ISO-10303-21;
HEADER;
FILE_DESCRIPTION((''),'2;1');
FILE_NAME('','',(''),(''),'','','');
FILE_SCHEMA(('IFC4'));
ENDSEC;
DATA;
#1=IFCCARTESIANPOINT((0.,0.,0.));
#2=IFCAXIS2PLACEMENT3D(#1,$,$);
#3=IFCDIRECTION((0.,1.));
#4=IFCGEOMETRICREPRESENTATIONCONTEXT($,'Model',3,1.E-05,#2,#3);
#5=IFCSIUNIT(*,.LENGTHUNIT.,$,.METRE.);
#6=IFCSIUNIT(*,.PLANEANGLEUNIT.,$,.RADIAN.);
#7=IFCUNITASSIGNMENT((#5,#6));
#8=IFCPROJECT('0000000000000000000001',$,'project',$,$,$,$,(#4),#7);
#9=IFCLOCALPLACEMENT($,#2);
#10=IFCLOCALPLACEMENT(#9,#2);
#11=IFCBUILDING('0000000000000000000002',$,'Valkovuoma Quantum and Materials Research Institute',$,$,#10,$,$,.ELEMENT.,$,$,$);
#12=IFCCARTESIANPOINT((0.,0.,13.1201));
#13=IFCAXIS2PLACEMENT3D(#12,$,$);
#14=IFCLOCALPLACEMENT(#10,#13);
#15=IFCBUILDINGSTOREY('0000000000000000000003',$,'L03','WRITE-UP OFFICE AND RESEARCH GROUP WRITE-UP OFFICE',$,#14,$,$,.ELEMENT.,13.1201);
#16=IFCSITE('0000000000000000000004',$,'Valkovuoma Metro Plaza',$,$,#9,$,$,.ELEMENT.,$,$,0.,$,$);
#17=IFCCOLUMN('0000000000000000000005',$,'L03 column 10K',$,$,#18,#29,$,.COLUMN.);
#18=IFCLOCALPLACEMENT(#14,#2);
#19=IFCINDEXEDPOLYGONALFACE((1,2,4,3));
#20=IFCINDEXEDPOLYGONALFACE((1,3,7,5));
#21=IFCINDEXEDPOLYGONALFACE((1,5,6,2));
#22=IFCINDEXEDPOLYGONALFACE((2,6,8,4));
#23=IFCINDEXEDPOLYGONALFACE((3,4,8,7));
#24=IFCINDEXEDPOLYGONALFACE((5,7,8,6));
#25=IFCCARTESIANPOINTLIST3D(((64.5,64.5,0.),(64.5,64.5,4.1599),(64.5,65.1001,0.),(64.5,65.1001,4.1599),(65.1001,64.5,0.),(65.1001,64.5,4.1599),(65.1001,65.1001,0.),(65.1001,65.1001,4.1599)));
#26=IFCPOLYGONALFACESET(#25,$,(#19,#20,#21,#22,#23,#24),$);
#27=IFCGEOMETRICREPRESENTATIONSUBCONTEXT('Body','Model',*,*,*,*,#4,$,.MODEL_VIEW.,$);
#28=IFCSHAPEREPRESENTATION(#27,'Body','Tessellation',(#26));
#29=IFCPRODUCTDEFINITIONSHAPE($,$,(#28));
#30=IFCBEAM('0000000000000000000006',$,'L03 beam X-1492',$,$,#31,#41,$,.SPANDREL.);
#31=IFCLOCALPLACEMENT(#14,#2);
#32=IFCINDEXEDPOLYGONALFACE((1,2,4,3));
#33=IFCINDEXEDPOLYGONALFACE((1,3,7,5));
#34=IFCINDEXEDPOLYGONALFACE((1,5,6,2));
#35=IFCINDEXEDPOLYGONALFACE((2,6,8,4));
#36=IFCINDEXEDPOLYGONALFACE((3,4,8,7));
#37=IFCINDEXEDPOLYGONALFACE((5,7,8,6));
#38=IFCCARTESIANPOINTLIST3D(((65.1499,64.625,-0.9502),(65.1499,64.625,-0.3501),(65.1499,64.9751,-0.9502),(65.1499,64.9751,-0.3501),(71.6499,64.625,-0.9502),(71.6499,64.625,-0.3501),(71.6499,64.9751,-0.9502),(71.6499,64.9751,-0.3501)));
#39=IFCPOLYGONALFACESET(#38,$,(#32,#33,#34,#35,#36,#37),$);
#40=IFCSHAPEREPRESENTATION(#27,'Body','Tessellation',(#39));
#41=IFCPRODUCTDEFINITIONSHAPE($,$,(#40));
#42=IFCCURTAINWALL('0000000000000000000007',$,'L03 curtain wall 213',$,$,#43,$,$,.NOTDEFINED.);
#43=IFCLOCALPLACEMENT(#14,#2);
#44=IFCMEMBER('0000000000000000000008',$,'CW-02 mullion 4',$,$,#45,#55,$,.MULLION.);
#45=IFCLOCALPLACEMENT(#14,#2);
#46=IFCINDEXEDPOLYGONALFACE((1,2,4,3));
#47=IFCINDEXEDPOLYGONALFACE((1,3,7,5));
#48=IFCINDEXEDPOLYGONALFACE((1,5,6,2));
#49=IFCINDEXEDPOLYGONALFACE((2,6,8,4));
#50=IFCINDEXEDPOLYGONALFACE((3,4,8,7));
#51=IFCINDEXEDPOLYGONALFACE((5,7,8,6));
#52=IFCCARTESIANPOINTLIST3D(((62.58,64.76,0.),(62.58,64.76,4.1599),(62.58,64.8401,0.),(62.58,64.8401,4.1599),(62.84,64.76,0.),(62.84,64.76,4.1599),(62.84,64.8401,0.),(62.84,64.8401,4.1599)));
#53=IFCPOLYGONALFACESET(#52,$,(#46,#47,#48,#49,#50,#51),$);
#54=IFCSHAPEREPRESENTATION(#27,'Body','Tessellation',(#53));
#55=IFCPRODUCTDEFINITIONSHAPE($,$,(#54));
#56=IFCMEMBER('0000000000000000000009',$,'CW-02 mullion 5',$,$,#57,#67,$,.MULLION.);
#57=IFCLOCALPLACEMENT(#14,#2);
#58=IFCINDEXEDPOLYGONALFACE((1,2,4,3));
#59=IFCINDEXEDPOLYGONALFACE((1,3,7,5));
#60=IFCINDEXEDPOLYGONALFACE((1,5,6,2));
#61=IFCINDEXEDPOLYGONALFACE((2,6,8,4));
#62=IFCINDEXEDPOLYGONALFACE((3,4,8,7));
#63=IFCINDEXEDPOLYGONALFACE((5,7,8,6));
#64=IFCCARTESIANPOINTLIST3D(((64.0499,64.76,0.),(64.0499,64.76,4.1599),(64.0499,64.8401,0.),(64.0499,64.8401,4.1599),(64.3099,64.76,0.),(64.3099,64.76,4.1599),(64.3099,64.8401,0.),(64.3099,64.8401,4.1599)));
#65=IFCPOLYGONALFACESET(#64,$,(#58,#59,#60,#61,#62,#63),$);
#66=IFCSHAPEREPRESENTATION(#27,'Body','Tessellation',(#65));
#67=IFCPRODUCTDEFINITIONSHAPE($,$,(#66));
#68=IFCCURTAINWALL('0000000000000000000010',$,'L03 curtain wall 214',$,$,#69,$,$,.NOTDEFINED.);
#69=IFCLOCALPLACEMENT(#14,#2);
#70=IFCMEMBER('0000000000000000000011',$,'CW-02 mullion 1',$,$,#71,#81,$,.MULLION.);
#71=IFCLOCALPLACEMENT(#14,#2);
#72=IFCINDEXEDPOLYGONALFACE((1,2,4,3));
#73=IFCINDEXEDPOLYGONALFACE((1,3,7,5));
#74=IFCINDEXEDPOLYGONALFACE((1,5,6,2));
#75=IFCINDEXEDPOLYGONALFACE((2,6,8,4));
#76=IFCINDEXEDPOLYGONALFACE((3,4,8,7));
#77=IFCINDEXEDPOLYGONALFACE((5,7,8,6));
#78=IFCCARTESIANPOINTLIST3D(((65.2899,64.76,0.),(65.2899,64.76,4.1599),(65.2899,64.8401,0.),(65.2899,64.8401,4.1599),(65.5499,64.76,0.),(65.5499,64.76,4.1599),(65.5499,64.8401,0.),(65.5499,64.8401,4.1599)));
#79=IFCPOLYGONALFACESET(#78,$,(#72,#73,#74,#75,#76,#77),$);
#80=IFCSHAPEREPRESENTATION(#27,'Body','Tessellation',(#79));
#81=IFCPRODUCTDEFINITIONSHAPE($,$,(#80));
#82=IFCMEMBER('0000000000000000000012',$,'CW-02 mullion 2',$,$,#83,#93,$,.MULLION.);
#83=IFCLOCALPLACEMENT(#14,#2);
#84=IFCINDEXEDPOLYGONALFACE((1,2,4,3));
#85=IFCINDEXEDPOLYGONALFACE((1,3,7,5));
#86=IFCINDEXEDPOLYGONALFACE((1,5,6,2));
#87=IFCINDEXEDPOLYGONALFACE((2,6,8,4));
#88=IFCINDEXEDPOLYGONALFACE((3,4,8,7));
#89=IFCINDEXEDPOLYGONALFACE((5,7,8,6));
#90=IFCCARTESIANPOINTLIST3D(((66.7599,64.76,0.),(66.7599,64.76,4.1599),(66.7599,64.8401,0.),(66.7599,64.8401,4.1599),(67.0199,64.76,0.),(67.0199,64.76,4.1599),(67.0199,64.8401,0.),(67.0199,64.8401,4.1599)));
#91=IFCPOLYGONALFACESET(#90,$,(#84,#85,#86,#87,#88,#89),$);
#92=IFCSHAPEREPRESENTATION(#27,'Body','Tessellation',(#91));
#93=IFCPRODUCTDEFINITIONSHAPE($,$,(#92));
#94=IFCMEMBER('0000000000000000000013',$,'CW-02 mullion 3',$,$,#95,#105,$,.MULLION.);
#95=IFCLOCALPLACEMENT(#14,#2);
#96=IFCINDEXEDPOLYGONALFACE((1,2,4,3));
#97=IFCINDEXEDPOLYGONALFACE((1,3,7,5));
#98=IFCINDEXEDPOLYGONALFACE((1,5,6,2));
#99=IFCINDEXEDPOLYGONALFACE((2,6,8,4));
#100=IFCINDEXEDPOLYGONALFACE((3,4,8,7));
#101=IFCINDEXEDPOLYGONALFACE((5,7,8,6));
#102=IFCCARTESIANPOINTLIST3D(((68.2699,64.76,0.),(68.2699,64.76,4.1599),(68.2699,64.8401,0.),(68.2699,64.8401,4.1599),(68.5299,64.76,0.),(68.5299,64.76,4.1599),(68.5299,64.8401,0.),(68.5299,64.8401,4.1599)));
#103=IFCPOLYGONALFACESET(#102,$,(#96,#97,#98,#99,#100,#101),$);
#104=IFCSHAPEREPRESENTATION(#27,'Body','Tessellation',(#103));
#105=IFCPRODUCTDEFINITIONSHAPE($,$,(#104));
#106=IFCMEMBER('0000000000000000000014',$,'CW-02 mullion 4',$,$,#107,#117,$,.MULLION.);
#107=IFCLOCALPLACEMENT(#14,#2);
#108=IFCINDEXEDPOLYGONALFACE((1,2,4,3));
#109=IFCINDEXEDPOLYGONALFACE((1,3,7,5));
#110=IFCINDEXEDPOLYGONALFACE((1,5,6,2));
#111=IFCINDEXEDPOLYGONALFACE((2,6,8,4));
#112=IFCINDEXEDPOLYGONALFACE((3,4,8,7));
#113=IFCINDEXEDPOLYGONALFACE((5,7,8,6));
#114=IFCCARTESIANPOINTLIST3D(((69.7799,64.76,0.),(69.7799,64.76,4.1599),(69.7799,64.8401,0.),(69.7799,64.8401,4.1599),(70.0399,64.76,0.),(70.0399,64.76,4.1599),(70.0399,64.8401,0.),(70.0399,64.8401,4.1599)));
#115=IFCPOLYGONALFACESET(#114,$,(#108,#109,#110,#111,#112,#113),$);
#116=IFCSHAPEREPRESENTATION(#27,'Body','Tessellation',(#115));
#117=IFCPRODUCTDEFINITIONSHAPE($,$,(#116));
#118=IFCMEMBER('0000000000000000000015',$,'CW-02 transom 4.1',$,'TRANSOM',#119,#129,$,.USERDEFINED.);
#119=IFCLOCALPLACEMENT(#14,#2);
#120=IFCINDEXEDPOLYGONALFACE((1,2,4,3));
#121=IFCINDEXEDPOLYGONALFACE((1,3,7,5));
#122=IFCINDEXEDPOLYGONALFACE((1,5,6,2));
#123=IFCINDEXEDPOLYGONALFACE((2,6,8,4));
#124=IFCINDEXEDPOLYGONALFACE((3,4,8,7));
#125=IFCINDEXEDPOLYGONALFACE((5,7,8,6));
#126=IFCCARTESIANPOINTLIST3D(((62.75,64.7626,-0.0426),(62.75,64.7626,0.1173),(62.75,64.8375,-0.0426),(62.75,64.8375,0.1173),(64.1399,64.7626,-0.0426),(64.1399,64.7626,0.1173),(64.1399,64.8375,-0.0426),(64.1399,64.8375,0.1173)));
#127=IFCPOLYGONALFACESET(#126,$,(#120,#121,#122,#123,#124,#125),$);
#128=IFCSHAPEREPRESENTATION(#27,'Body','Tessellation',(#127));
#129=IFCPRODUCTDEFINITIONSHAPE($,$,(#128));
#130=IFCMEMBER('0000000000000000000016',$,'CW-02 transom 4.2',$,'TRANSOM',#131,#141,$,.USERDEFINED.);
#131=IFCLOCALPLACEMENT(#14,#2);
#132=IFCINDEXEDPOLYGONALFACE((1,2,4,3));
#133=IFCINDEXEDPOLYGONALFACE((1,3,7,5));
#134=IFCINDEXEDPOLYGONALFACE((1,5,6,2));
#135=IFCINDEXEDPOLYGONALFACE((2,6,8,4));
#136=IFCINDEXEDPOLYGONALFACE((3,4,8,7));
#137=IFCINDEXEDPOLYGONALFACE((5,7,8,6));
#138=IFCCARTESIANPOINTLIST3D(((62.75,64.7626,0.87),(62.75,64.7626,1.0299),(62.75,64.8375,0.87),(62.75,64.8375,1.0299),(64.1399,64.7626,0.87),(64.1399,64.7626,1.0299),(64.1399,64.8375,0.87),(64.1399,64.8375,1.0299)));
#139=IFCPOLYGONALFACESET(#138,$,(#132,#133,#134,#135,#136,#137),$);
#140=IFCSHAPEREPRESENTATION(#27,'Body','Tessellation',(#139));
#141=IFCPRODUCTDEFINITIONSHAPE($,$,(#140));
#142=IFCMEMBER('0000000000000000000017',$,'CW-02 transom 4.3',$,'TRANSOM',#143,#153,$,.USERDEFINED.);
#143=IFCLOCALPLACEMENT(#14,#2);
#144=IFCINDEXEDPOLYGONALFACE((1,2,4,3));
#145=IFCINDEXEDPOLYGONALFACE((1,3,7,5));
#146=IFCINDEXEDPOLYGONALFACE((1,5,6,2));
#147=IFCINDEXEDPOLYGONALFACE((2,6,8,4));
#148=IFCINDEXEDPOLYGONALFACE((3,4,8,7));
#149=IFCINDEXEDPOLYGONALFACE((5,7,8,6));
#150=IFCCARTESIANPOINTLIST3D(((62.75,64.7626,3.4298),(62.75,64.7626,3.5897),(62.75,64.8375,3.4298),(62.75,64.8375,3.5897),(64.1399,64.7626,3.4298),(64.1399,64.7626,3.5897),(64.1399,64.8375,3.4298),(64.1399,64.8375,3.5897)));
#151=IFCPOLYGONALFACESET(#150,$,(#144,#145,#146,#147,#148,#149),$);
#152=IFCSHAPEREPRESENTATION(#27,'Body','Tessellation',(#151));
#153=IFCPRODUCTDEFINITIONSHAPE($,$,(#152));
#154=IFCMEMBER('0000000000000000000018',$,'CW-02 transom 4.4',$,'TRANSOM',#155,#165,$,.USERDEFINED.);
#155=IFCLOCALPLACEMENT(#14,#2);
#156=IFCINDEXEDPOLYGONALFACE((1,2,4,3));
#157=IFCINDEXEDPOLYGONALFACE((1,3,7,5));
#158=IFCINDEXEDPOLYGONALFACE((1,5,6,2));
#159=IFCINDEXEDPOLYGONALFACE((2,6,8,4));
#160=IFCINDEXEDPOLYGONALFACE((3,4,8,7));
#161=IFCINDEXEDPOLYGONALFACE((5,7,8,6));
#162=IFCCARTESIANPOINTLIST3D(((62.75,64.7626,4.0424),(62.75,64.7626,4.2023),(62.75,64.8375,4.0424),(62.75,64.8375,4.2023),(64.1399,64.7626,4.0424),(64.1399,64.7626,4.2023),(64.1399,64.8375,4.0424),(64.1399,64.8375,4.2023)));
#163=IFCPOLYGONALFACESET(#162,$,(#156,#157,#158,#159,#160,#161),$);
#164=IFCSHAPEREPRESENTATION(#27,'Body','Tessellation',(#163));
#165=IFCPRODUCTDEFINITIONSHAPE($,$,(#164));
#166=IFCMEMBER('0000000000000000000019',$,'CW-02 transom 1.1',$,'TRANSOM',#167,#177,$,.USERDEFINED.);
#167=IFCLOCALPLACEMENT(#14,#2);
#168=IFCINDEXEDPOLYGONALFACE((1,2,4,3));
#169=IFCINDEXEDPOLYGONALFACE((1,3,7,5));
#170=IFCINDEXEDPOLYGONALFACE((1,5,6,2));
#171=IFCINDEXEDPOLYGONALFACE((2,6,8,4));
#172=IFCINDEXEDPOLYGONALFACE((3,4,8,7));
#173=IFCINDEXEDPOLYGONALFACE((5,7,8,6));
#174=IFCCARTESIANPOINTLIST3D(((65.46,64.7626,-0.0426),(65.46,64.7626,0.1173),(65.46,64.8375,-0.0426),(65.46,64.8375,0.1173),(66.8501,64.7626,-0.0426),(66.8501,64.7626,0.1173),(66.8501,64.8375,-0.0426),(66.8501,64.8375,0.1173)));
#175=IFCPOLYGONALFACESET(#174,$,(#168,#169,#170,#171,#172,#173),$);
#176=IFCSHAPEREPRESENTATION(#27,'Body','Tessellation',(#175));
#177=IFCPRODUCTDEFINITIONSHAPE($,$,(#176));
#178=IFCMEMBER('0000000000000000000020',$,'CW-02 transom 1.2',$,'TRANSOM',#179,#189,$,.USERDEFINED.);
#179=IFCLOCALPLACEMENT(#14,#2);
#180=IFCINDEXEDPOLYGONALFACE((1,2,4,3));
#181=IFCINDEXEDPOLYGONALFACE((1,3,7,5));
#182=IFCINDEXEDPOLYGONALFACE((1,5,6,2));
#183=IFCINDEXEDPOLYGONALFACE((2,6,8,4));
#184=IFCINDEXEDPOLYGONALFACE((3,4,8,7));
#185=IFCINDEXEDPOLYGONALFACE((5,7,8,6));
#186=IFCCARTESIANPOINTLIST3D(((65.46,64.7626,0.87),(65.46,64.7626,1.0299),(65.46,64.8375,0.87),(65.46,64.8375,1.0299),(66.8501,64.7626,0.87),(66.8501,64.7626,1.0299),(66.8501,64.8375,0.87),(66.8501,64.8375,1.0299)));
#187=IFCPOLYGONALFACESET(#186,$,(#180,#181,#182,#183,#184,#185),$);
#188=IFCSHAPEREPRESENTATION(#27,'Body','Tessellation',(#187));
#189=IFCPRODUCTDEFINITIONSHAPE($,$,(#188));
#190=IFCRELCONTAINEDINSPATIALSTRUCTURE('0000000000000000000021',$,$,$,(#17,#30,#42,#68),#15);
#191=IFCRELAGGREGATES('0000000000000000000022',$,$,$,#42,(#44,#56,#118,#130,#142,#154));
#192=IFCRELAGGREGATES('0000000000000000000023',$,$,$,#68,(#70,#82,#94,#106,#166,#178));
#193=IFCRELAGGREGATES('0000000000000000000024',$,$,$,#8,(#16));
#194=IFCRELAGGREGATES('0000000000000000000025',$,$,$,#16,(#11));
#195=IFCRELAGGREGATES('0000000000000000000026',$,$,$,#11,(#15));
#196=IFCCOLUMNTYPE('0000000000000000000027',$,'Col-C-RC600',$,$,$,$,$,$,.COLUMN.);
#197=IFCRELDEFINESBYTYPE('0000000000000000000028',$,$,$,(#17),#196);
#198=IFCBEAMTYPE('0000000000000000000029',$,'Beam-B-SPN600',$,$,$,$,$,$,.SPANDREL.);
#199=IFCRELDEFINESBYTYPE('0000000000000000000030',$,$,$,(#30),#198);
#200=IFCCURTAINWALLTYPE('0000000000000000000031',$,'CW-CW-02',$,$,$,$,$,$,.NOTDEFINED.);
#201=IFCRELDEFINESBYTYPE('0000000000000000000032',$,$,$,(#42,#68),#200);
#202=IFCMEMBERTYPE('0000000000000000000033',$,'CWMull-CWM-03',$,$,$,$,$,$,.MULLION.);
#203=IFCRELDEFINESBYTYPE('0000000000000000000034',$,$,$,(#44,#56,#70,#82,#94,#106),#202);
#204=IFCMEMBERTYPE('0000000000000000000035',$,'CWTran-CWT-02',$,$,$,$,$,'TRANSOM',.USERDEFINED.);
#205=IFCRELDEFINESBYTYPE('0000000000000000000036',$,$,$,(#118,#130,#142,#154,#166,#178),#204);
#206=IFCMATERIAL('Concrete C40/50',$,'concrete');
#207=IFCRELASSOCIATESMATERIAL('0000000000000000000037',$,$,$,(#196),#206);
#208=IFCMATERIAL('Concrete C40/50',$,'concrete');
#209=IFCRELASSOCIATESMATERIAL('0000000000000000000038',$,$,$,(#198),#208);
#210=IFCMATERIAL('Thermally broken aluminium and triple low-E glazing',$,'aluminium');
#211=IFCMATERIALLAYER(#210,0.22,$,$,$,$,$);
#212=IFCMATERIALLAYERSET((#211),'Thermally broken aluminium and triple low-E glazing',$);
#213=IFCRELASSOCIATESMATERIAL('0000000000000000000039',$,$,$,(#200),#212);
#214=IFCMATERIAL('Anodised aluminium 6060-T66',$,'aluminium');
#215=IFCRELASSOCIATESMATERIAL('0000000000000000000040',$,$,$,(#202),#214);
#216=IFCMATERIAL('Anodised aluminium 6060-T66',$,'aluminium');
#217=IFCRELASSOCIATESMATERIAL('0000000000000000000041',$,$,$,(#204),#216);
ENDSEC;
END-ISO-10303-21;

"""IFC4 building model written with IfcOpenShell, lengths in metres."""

from ifc_helpers import new_model, si_unit, direction, frame, origin, origin_2d, place, context, subcontext, project, spatial, rectangle, extrude, material, layer, layer_set, material_profile, profile_set, type_object, element, aggregate, save


model = new_model("IFC4")

# Units and contexts
model_context = context("Model", 3, precision=1e-05, world=origin(), true_north=direction((0.0, 1.0)))
body_context = subcontext(model_context, "Body", "Model", "MODEL_VIEW")
ifc_project = project(units=[si_unit("LENGTHUNIT", "METRE"), si_unit("PLANEANGLEUNIT", "RADIAN")], contexts=[model_context])

# Site, building, storey
site_placement = place(None, origin())
site = spatial("IfcSite", under=ifc_project, at=site_placement, Name="Valkovuoma Metro Plaza", CompositionType="ELEMENT", RefElevation=0.0)
building_placement = place(site_placement, origin())
building = spatial("IfcBuilding", under=site, at=building_placement, Name="Valkovuoma Quantum and Materials Research Institute", CompositionType="ELEMENT")
storey_placement = place(building_placement, frame((0.0, 0.0, 13.1201)))
storey = spatial("IfcBuildingStorey", under=building, at=storey_placement, Name="L03", Description="WRITE-UP OFFICE AND RESEARCH GROUP WRITE-UP OFFICE", CompositionType="ELEMENT", Elevation=13.1201)

# Column
ifc_material_1 = material(Name="Concrete C40/50", Category="concrete")
ifc_material_profile_1 = material_profile(ifc_material_1, rectangle(XDim=0.6001, YDim=0.6001, at=origin_2d()), Name="Concrete C40/50")
ifc_profile_set_1 = profile_set([ifc_material_profile_1], Name="Concrete C40/50")
column_type = type_object("IfcColumnType", Name="Col-C-RC600", PredefinedType="COLUMN", material=ifc_profile_set_1)
column_placement = place(storey_placement, frame((64.8, 64.8, 0.0), z_axis=(0.0, 0.0, 1.0), x_axis=(1.0, 0.0, 0.0)))
element("IfcColumn", 1, at=column_placement, inside=storey, type_object=column_type, Name="L03 column 10K", PredefinedType="COLUMN", context=body_context, shape_type="SweptSolid", body=[
    extrude(rectangle(XDim=0.6001, YDim=0.6001, at=origin_2d()), origin(), (0.0, 0.0, 1.0), 4.1599),
])

# Beam
ifc_material_2 = material(Name="Concrete C40/50", Category="concrete")
ifc_material_profile_2 = material_profile(ifc_material_2, rectangle(XDim=0.3501, YDim=0.6001, at=origin_2d()), Name="Concrete C40/50")
ifc_profile_set_2 = profile_set([ifc_material_profile_2], Name="Concrete C40/50")
beam_type = type_object("IfcBeamType", Name="Beam-B-SPN600", PredefinedType="SPANDREL", material=ifc_profile_set_2)
beam_placement = place(storey_placement, frame((65.1499, 64.8, -0.6501), z_axis=(1.0, 0.0, 0.0), x_axis=(0.0, 1.0, 0.0)))
element("IfcBeam", 2, at=beam_placement, inside=storey, type_object=beam_type, Name="L03 beam X-1492", PredefinedType="SPANDREL", context=body_context, shape_type="SweptSolid", body=[
    extrude(rectangle(XDim=0.3501, YDim=0.6001, at=origin_2d()), origin(), (0.0, 0.0, 1.0), 6.5),
])

# Curtain walls, members
ifc_material_3 = material(Name="Thermally broken aluminium and triple low-E glazing", Category="aluminium")
ifc_layer_1 = layer(ifc_material_3, 0.22)
ifc_layer_set_1 = layer_set([ifc_layer_1], Name="Thermally broken aluminium and triple low-E glazing")
curtain_wall_type = type_object("IfcCurtainWallType", Name="CW-CW-02", PredefinedType="NOTDEFINED", material=ifc_layer_set_1)
curtain_wall_1_placement = place(storey_placement, origin())
curtain_wall_1 = element("IfcCurtainWall", 3, at=curtain_wall_1_placement, inside=storey, type_object=curtain_wall_type, Name="L03 curtain wall 213", PredefinedType="NOTDEFINED")
ifc_material_4 = material(Name="Anodised aluminium 6060-T66", Category="aluminium")
ifc_material_profile_3 = material_profile(ifc_material_4, rectangle(XDim=0.0801, YDim=0.26, at=origin_2d()), Name="Anodised aluminium 6060-T66")
ifc_profile_set_3 = profile_set([ifc_material_profile_3], Name="Anodised aluminium 6060-T66")
member_type_1 = type_object("IfcMemberType", Name="CWMull-CWM-03", PredefinedType="MULLION", material=ifc_profile_set_3)
member_1_placement = place(storey_placement, frame((62.71, 64.8, 0.0), z_axis=(0.0, 0.0, 1.0), x_axis=(0.0, 1.0, 0.0)))
member_1 = element("IfcMember", 4, at=member_1_placement, type_object=member_type_1, Name="CW-02 mullion 4", PredefinedType="MULLION", context=body_context, shape_type="SweptSolid", body=[
    extrude(rectangle(XDim=0.0801, YDim=0.26, at=origin_2d()), origin(), (0.0, 0.0, 1.0), 4.1599),
])
member_2_placement = place(storey_placement, frame((64.1799, 64.8, 0.0), z_axis=(0.0, 0.0, 1.0), x_axis=(0.0, 1.0, 0.0)))
member_2 = element("IfcMember", 5, at=member_2_placement, type_object=member_type_1, Name="CW-02 mullion 5", PredefinedType="MULLION", context=body_context, shape_type="SweptSolid", body=[
    extrude(rectangle(XDim=0.0801, YDim=0.26, at=origin_2d()), origin(), (0.0, 0.0, 1.0), 4.1599),
])
curtain_wall_2_placement = place(storey_placement, origin())
curtain_wall_2 = element("IfcCurtainWall", 6, at=curtain_wall_2_placement, inside=storey, type_object=curtain_wall_type, Name="L03 curtain wall 214", PredefinedType="NOTDEFINED")
member_3_placement = place(storey_placement, frame((65.4199, 64.8, 0.0), z_axis=(0.0, 0.0, 1.0), x_axis=(0.0, 1.0, 0.0)))
member_3 = element("IfcMember", 7, at=member_3_placement, type_object=member_type_1, Name="CW-02 mullion 1", PredefinedType="MULLION", context=body_context, shape_type="SweptSolid", body=[
    extrude(rectangle(XDim=0.0801, YDim=0.26, at=origin_2d()), origin(), (0.0, 0.0, 1.0), 4.1599),
])
member_4_placement = place(storey_placement, frame((66.8899, 64.8, 0.0), z_axis=(0.0, 0.0, 1.0), x_axis=(0.0, 1.0, 0.0)))
member_4 = element("IfcMember", 8, at=member_4_placement, type_object=member_type_1, Name="CW-02 mullion 2", PredefinedType="MULLION", context=body_context, shape_type="SweptSolid", body=[
    extrude(rectangle(XDim=0.0801, YDim=0.26, at=origin_2d()), origin(), (0.0, 0.0, 1.0), 4.1599),
])
member_5_placement = place(storey_placement, frame((68.3999, 64.8, 0.0), z_axis=(0.0, 0.0, 1.0), x_axis=(0.0, 1.0, 0.0)))
member_5 = element("IfcMember", 9, at=member_5_placement, type_object=member_type_1, Name="CW-02 mullion 3", PredefinedType="MULLION", context=body_context, shape_type="SweptSolid", body=[
    extrude(rectangle(XDim=0.0801, YDim=0.26, at=origin_2d()), origin(), (0.0, 0.0, 1.0), 4.1599),
])
member_6_placement = place(storey_placement, frame((69.9099, 64.8, 0.0), z_axis=(0.0, 0.0, 1.0), x_axis=(0.0, 1.0, 0.0)))
member_6 = element("IfcMember", 10, at=member_6_placement, type_object=member_type_1, Name="CW-02 mullion 4", PredefinedType="MULLION", context=body_context, shape_type="SweptSolid", body=[
    extrude(rectangle(XDim=0.0801, YDim=0.26, at=origin_2d()), origin(), (0.0, 0.0, 1.0), 4.1599),
])

# Members
ifc_material_5 = material(Name="Anodised aluminium 6060-T66", Category="aluminium")
ifc_material_profile_4 = material_profile(ifc_material_5, rectangle(XDim=0.075, YDim=0.1599, at=origin_2d()), Name="Anodised aluminium 6060-T66")
ifc_profile_set_4 = profile_set([ifc_material_profile_4], Name="Anodised aluminium 6060-T66")
member_type_2 = type_object("IfcMemberType", Name="CWTran-CWT-02", ElementType="TRANSOM", PredefinedType="USERDEFINED", material=ifc_profile_set_4)
member_7_placement = place(storey_placement, frame((62.75, 64.8, 0.0374), z_axis=(1.0, 0.0, 0.0), x_axis=(0.0, 1.0, 0.0)))
member_7 = element("IfcMember", 11, at=member_7_placement, type_object=member_type_2, Name="CW-02 transom 4.1", ObjectType="TRANSOM", PredefinedType="USERDEFINED", context=body_context, shape_type="SweptSolid", body=[
    extrude(rectangle(XDim=0.075, YDim=0.1599, at=origin_2d()), origin(), (0.0, 0.0, 1.0), 1.3899),
])
member_8_placement = place(storey_placement, frame((62.75, 64.8, 0.95), z_axis=(1.0, 0.0, 0.0), x_axis=(0.0, 1.0, 0.0)))
member_8 = element("IfcMember", 12, at=member_8_placement, type_object=member_type_2, Name="CW-02 transom 4.2", ObjectType="TRANSOM", PredefinedType="USERDEFINED", context=body_context, shape_type="SweptSolid", body=[
    extrude(rectangle(XDim=0.075, YDim=0.1599, at=origin_2d()), origin(), (0.0, 0.0, 1.0), 1.3899),
])
member_9_placement = place(storey_placement, frame((62.75, 64.8, 3.5098), z_axis=(1.0, 0.0, 0.0), x_axis=(0.0, 1.0, 0.0)))
member_9 = element("IfcMember", 13, at=member_9_placement, type_object=member_type_2, Name="CW-02 transom 4.3", ObjectType="TRANSOM", PredefinedType="USERDEFINED", context=body_context, shape_type="SweptSolid", body=[
    extrude(rectangle(XDim=0.075, YDim=0.1599, at=origin_2d()), origin(), (0.0, 0.0, 1.0), 1.3899),
])
member_10_placement = place(storey_placement, frame((62.75, 64.8, 4.1223), z_axis=(1.0, 0.0, 0.0), x_axis=(0.0, 1.0, 0.0)))
member_10 = element("IfcMember", 14, at=member_10_placement, type_object=member_type_2, Name="CW-02 transom 4.4", ObjectType="TRANSOM", PredefinedType="USERDEFINED", context=body_context, shape_type="SweptSolid", body=[
    extrude(rectangle(XDim=0.075, YDim=0.1599, at=origin_2d()), origin(), (0.0, 0.0, 1.0), 1.3899),
])
member_11_placement = place(storey_placement, frame((65.46, 64.8, 0.0374), z_axis=(1.0, 0.0, 0.0), x_axis=(0.0, 1.0, 0.0)))
member_11 = element("IfcMember", 15, at=member_11_placement, type_object=member_type_2, Name="CW-02 transom 1.1", ObjectType="TRANSOM", PredefinedType="USERDEFINED", context=body_context, shape_type="SweptSolid", body=[
    extrude(rectangle(XDim=0.075, YDim=0.1599, at=origin_2d()), origin(), (0.0, 0.0, 1.0), 1.3901),
])
member_12_placement = place(storey_placement, frame((65.46, 64.8, 0.95), z_axis=(1.0, 0.0, 0.0), x_axis=(0.0, 1.0, 0.0)))
member_12 = element("IfcMember", 16, at=member_12_placement, type_object=member_type_2, Name="CW-02 transom 1.2", ObjectType="TRANSOM", PredefinedType="USERDEFINED", context=body_context, shape_type="SweptSolid", body=[
    extrude(rectangle(XDim=0.075, YDim=0.1599, at=origin_2d()), origin(), (0.0, 0.0, 1.0), 1.3901),
])

aggregate(curtain_wall_1, [member_1, member_2, member_7, member_8, member_9, member_10])
aggregate(curtain_wall_2, [member_3, member_4, member_5, member_6, member_11, member_12])

save(model, "model.ifc")
